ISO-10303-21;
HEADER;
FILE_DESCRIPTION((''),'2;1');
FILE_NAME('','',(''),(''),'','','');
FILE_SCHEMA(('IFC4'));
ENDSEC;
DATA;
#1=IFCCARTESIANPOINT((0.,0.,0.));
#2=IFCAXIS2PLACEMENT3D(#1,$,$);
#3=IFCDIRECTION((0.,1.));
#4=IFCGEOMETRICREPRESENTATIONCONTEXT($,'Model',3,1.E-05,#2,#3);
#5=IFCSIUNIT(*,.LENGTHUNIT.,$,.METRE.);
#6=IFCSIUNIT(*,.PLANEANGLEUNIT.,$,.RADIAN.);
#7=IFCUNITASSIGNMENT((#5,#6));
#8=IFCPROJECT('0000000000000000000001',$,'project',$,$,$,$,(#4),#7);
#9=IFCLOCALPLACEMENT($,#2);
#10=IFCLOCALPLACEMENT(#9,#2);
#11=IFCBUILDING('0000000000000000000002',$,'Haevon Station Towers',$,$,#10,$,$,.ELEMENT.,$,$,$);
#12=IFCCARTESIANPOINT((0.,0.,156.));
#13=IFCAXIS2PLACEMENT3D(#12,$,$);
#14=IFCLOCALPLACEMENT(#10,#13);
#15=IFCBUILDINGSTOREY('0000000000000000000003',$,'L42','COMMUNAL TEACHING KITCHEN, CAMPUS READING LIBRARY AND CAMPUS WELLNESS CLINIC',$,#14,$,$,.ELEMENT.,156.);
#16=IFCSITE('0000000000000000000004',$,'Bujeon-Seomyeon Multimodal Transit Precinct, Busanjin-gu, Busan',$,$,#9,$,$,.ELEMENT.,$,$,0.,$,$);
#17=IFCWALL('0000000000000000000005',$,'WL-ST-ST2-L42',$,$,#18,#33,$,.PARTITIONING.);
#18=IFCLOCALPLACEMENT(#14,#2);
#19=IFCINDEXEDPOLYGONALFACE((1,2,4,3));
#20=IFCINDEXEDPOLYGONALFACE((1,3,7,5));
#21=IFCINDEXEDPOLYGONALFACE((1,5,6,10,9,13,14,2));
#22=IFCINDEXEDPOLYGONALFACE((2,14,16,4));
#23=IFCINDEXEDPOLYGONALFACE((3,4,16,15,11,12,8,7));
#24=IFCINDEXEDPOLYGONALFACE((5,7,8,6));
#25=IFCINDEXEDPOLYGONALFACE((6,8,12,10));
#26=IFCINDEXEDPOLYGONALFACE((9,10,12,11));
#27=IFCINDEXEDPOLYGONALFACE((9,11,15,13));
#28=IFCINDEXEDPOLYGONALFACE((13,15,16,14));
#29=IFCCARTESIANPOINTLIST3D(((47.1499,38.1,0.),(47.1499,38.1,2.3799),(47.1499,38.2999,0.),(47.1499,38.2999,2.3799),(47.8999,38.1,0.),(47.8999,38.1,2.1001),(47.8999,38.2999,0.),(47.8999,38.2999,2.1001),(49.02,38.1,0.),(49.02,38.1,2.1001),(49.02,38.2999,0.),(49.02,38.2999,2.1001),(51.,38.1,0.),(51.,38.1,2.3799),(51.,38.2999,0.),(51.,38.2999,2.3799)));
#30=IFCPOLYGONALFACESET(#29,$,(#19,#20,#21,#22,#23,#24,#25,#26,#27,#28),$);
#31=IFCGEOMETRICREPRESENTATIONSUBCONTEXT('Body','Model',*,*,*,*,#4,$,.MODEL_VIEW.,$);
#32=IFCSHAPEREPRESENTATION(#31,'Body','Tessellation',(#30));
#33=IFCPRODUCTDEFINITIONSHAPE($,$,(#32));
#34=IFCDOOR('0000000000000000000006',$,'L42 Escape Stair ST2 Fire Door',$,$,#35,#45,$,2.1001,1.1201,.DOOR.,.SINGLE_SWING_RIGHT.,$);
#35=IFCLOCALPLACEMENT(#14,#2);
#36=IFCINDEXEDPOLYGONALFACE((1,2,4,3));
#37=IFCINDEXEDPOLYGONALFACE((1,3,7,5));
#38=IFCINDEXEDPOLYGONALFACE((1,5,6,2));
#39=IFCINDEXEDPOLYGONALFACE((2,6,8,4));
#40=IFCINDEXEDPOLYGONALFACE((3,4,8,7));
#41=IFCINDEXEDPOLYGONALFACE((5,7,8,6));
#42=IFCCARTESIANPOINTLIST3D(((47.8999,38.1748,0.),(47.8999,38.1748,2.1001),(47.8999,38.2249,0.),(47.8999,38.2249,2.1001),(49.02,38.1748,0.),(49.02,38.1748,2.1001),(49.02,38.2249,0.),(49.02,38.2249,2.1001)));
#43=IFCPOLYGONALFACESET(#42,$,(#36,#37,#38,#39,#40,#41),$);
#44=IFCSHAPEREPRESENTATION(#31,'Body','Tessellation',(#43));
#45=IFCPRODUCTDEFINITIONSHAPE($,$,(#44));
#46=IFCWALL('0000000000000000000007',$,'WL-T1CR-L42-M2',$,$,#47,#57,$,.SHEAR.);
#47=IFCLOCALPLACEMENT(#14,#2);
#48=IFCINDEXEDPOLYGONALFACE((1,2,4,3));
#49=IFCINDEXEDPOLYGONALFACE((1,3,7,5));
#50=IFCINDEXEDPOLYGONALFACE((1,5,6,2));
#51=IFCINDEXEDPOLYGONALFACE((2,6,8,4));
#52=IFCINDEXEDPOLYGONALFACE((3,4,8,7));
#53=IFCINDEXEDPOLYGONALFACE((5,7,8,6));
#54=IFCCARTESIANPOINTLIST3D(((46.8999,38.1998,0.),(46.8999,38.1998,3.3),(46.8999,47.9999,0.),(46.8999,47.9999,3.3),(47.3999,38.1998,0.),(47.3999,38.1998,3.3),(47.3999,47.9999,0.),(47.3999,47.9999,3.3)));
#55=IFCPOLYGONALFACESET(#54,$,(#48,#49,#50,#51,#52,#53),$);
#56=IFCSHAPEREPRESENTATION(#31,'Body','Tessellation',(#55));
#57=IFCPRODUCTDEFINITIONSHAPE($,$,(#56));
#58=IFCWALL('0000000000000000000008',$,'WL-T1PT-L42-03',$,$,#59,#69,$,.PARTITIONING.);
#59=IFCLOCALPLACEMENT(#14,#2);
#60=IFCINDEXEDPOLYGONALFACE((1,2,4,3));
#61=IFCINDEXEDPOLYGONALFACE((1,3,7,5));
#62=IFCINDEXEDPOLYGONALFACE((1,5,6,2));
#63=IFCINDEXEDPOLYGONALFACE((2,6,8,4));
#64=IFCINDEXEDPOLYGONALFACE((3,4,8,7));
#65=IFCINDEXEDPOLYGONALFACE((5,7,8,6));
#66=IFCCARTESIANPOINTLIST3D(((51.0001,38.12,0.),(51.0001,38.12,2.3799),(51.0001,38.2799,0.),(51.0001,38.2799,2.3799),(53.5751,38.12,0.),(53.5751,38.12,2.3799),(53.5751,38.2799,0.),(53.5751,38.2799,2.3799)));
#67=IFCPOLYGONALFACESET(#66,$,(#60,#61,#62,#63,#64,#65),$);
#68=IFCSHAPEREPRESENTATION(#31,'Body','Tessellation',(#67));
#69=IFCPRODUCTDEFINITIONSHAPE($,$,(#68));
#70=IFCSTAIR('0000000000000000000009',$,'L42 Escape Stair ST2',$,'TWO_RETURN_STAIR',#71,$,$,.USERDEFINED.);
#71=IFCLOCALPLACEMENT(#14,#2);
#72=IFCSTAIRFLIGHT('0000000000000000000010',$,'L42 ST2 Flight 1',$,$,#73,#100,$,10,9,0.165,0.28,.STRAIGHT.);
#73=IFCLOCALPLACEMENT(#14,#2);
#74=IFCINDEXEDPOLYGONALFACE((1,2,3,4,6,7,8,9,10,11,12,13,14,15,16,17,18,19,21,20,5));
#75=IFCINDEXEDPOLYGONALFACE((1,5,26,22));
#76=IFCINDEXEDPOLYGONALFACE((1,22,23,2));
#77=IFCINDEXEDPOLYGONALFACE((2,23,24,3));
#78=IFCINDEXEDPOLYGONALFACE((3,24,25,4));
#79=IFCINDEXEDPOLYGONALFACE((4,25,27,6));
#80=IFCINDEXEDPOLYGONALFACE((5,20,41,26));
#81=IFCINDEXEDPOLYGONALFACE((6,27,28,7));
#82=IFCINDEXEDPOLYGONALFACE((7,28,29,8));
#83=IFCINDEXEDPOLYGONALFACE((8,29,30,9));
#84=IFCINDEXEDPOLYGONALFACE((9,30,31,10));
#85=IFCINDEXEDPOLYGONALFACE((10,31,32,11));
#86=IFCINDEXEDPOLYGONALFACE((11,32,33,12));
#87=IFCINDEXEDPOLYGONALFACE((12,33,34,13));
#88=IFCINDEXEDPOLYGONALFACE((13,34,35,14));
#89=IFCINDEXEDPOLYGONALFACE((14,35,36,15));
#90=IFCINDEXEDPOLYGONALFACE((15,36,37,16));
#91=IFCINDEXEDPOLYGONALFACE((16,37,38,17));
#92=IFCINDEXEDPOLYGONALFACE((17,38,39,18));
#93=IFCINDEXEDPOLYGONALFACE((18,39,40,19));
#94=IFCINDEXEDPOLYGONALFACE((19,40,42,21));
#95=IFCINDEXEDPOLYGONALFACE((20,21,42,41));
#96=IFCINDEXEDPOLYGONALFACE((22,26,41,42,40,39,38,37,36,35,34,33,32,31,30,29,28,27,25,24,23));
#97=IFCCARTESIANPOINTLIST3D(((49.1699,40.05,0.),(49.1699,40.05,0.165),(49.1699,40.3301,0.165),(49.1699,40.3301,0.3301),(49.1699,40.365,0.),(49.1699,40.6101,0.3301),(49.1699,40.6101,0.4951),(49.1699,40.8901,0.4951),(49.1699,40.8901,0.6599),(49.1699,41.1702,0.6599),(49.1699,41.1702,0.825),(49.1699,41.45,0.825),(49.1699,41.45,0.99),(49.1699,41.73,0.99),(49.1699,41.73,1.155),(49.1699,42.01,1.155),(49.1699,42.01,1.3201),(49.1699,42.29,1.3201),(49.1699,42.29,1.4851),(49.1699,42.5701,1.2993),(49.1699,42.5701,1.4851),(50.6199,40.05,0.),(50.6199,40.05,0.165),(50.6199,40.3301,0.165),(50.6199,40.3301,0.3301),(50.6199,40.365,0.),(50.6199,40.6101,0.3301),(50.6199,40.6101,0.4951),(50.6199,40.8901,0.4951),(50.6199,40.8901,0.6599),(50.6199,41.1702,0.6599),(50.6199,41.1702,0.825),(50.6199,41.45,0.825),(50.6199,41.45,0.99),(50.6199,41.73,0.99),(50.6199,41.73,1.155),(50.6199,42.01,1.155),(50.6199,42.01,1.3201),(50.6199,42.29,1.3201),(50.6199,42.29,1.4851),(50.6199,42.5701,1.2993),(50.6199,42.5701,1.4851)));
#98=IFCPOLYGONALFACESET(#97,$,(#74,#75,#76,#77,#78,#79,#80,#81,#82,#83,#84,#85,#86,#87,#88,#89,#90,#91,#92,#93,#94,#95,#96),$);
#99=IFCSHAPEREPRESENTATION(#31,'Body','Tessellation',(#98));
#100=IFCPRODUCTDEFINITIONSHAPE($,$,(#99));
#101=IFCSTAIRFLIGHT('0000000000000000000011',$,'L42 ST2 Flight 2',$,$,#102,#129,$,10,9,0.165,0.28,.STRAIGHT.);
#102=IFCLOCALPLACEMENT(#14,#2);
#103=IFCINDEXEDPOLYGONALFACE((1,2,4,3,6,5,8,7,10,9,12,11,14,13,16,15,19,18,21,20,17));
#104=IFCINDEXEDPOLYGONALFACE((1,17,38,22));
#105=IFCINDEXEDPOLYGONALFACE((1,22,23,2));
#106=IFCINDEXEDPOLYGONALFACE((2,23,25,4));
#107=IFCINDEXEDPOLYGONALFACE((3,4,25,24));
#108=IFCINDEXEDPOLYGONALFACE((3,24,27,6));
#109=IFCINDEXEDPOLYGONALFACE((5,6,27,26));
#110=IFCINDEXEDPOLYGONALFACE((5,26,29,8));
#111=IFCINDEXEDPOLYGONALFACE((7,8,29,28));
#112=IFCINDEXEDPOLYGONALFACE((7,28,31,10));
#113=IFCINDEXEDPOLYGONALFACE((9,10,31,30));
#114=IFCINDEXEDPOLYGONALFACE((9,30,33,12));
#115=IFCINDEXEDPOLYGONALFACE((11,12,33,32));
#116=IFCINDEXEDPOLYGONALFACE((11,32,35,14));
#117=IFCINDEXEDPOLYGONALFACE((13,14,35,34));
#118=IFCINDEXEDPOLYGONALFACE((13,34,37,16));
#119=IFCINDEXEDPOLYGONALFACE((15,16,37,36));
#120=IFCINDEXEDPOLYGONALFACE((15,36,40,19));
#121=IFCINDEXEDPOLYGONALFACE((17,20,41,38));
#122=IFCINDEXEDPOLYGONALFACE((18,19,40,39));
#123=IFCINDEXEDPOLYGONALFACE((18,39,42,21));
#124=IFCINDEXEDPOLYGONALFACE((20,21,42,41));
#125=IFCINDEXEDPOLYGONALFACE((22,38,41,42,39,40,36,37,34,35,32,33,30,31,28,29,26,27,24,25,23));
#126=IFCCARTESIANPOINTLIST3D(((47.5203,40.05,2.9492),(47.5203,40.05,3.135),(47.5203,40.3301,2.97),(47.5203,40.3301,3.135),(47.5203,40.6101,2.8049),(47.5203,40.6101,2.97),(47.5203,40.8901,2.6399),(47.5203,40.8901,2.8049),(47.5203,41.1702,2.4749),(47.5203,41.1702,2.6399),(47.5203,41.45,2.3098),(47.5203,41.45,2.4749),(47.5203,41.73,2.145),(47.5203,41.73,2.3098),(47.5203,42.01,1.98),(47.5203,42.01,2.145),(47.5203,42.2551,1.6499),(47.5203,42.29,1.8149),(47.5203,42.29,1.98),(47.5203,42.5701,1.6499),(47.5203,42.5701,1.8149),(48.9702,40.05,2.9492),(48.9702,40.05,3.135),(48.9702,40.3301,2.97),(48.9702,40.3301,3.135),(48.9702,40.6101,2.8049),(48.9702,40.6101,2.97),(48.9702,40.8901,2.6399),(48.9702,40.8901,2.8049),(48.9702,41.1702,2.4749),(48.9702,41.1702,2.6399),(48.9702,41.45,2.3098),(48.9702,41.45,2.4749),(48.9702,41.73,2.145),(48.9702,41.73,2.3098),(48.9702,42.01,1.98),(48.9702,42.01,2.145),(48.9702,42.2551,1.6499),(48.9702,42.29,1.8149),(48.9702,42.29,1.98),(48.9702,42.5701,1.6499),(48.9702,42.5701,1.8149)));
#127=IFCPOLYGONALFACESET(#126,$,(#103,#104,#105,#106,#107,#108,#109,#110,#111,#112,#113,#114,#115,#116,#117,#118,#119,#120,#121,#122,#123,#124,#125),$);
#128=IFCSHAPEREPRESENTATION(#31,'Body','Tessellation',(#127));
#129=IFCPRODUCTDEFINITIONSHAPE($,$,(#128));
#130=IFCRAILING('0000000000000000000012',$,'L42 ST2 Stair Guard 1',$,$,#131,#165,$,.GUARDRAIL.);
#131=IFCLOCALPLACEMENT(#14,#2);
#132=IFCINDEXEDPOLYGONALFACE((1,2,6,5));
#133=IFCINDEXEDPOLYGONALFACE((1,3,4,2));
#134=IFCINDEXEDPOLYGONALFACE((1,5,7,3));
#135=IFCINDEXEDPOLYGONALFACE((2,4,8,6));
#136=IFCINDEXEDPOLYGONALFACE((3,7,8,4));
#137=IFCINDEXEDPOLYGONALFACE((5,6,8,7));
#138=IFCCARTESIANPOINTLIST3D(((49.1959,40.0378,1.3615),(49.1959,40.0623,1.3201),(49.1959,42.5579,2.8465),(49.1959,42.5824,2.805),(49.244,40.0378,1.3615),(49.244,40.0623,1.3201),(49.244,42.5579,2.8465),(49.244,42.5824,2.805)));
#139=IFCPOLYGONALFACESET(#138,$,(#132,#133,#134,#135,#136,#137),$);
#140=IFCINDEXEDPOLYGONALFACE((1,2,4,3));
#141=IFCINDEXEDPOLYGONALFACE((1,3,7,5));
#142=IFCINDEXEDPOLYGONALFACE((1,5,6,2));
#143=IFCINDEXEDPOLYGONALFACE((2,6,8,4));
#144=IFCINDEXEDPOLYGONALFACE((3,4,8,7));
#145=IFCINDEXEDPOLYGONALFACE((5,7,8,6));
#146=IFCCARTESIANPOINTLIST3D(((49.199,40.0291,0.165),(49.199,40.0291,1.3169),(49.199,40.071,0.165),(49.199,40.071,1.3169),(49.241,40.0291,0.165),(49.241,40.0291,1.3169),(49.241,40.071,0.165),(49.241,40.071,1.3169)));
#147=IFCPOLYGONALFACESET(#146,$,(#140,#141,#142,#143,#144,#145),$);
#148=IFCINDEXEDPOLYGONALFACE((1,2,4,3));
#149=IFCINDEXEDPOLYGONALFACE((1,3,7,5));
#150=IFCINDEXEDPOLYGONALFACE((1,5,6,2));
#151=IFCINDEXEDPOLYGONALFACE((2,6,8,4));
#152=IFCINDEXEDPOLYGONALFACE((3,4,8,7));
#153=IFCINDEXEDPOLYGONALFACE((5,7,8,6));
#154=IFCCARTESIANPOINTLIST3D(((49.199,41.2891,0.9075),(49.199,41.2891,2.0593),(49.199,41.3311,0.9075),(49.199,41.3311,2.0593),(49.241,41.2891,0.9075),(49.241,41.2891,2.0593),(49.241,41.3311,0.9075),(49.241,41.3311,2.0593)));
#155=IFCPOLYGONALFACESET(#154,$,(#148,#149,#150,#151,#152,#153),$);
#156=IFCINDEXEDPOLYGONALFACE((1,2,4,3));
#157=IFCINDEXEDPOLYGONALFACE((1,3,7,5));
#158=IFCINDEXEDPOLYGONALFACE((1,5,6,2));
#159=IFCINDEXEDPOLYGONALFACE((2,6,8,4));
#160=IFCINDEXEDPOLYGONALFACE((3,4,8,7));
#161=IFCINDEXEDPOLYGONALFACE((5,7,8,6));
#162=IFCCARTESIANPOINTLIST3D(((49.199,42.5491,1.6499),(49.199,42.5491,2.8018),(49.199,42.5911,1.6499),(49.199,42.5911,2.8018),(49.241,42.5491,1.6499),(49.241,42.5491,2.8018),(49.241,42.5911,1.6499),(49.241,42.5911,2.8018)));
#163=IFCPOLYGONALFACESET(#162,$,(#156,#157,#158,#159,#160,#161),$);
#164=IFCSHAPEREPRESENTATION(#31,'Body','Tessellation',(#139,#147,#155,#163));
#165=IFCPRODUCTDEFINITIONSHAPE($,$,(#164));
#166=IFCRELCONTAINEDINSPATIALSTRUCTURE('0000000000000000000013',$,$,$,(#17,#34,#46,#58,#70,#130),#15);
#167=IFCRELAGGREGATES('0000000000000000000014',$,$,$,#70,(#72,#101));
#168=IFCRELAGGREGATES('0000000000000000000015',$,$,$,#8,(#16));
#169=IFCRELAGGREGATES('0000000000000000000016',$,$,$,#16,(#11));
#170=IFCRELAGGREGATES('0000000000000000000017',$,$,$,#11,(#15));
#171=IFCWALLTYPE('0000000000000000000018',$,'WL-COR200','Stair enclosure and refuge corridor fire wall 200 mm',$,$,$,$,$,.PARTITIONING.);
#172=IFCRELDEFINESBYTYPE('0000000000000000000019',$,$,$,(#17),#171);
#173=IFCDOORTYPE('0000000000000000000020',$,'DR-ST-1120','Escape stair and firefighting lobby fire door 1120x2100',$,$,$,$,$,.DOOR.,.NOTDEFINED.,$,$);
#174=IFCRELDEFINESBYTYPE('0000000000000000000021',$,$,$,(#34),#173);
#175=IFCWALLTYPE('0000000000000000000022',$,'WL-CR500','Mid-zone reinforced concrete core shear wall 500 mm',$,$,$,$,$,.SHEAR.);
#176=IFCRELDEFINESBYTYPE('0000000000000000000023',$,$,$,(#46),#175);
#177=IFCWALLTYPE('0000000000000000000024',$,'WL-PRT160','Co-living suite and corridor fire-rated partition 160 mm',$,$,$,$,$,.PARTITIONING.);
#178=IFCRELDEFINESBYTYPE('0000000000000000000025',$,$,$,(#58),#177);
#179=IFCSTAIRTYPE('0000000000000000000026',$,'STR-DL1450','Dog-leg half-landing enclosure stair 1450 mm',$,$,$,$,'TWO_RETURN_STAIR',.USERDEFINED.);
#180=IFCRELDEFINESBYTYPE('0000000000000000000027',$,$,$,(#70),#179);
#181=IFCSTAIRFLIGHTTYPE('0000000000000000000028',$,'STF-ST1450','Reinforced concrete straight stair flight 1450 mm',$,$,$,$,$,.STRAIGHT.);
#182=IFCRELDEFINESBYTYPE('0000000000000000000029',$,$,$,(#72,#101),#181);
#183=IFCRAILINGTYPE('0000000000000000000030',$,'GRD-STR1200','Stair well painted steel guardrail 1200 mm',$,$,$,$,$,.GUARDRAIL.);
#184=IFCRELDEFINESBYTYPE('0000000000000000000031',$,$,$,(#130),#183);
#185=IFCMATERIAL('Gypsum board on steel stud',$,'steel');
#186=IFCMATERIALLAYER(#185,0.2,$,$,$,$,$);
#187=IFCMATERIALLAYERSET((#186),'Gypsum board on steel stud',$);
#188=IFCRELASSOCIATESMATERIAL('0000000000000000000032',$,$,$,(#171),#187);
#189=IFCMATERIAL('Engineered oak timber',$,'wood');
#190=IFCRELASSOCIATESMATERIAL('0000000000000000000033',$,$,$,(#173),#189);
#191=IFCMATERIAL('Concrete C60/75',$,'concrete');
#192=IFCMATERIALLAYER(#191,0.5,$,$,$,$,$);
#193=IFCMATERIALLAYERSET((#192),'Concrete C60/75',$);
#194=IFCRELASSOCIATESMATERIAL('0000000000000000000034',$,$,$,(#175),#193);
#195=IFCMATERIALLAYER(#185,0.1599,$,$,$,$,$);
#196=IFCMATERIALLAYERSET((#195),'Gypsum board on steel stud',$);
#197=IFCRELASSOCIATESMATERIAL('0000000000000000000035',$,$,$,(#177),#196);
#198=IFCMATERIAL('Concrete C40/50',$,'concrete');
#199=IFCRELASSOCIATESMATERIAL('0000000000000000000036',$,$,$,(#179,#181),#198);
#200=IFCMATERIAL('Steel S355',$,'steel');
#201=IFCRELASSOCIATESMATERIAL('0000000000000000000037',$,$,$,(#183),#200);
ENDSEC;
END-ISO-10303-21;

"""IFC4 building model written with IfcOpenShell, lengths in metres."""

from ifc_helpers import new_model, si_unit, direction, frame, frame_2d, origin, origin_2d, place, context, subcontext, project, spatial, polyline, rectangle, outline, extrude, material, layer, layer_set, type_object, element, fill, aggregate, save


model = new_model("IFC4")

# Units and contexts
model_context = context("Model", 3, precision=1e-05, world=origin(), true_north=direction((0.0, 1.0)))
body_context = subcontext(model_context, "Body", "Model", "MODEL_VIEW")
ifc_project = project(units=[si_unit("LENGTHUNIT", "METRE"), si_unit("PLANEANGLEUNIT", "RADIAN")], contexts=[model_context])

# Site, building, storey
site_placement = place(None, origin())
site = spatial("IfcSite", under=ifc_project, at=site_placement, Name="Bujeon-Seomyeon Multimodal Transit Precinct, Busanjin-gu, Busan", CompositionType="ELEMENT", RefElevation=0.0)
building_placement = place(site_placement, origin())
building = spatial("IfcBuilding", under=site, at=building_placement, Name="Haevon Station Towers", CompositionType="ELEMENT")
storey_placement = place(building_placement, frame((0.0, 0.0, 156.0)))
storey = spatial("IfcBuildingStorey", under=building, at=storey_placement, Name="L42", Description="COMMUNAL TEACHING KITCHEN, CAMPUS READING LIBRARY AND CAMPUS WELLNESS CLINIC", CompositionType="ELEMENT", Elevation=156.0)

# Shared definitions
ifc_material_1 = material(Name="Steel S355", Category="steel")

# Wall, opening, door
ifc_material_2 = material(Name="Gypsum board on steel stud", Category="steel")
ifc_layer_1 = layer(ifc_material_2, 0.2)
ifc_layer_set_1 = layer_set([ifc_layer_1], Name="Gypsum board on steel stud")
wall_type_1 = type_object("IfcWallType", Name="WL-COR200", Description="Stair enclosure and refuge corridor fire wall 200 mm", PredefinedType="PARTITIONING", material=ifc_layer_set_1)
wall_1_placement = place(storey_placement, frame((47.1499, 38.2, 0.0), z_axis=(0.0, 0.0, 1.0), x_axis=(1.0, 0.0, 0.0)))
wall_1 = element("IfcWall", 1, at=wall_1_placement, inside=storey, type_object=wall_type_1, Name="WL-ST-ST2-L42", PredefinedType="PARTITIONING", context=body_context, shape_type="SweptSolid", body=[
    extrude(rectangle(XDim=3.8501, YDim=0.2, at=frame_2d((1.925, 0.0))), origin(), (0.0, 0.0, 1.0), 2.3799),
])
opening_placement = place(wall_1_placement, frame((0.75, 0.0, 0.0)))
opening = element("IfcOpeningElement", 2, at=opening_placement, cuts=wall_1, PredefinedType="OPENING", context=body_context, shape_type="SweptSolid", body=[
    extrude(rectangle(XDim=1.1201, YDim=2.1001, at=frame_2d((0.5601, 1.05))), frame((0.0, 0.1099, 0.0), z_axis=(0.0, -1.0, 0.0), x_axis=(1.0, 0.0, 0.0)), (0.0, 0.0, 1.0), 0.22),
])
ifc_material_3 = material(Name="Engineered oak timber", Category="wood")
door_type = type_object("IfcDoorType", Name="DR-ST-1120", Description="Escape stair and firefighting lobby fire door 1120x2100", OperationType="NOTDEFINED", PredefinedType="DOOR", material=ifc_material_3)
door_placement = place(opening_placement, origin())
door = element("IfcDoor", 3, at=door_placement, inside=storey, type_object=door_type, Name="L42 Escape Stair ST2 Fire Door", OperationType="SINGLE_SWING_RIGHT", OverallHeight=2.1001, OverallWidth=1.1201, PredefinedType="DOOR", context=body_context, shape_type="SweptSolid", body=[
    extrude(rectangle(XDim=1.1201, YDim=2.1001, at=frame_2d((0.5601, 1.05))), frame((0.0, 0.0249, 0.0), z_axis=(0.0, -1.0, 0.0), x_axis=(1.0, 0.0, 0.0)), (0.0, 0.0, 1.0), 0.05),
])
fill(opening, door)

# Walls
ifc_material_4 = material(Name="Concrete C60/75", Category="concrete")
ifc_layer_2 = layer(ifc_material_4, 0.5)
ifc_layer_set_2 = layer_set([ifc_layer_2], Name="Concrete C60/75")
wall_type_2 = type_object("IfcWallType", Name="WL-CR500", Description="Mid-zone reinforced concrete core shear wall 500 mm", PredefinedType="SHEAR", material=ifc_layer_set_2)
wall_2_placement = place(storey_placement, frame((47.1499, 38.2, 0.0), z_axis=(0.0, 0.0, 1.0), x_axis=(0.0, 1.0, 0.0)))
element("IfcWall", 4, at=wall_2_placement, inside=storey, type_object=wall_type_2, Name="WL-T1CR-L42-M2", PredefinedType="SHEAR", context=body_context, shape_type="SweptSolid", body=[
    extrude(rectangle(XDim=9.8, YDim=0.5, at=frame_2d((4.8999, 0.0))), origin(), (0.0, 0.0, 1.0), 3.3),
])
ifc_layer_3 = layer(ifc_material_2, 0.1599)
ifc_layer_set_3 = layer_set([ifc_layer_3], Name="Gypsum board on steel stud")
wall_type_3 = type_object("IfcWallType", Name="WL-PRT160", Description="Co-living suite and corridor fire-rated partition 160 mm", PredefinedType="PARTITIONING", material=ifc_layer_set_3)
wall_3_placement = place(storey_placement, frame((51.0, 38.2, 0.0), z_axis=(0.0, 0.0, 1.0), x_axis=(1.0, 0.0, 0.0)))
element("IfcWall", 5, at=wall_3_placement, inside=storey, type_object=wall_type_3, Name="WL-T1PT-L42-03", PredefinedType="PARTITIONING", context=body_context, shape_type="SweptSolid", body=[
    extrude(rectangle(XDim=2.575, YDim=0.1599, at=frame_2d((1.2876, 0.0))), origin(), (0.0, 0.0, 1.0), 2.3799),
])

# Stair, stair flights
ifc_material_5 = material(Name="Concrete C40/50", Category="concrete")
stair_type = type_object("IfcStairType", Name="STR-DL1450", Description="Dog-leg half-landing enclosure stair 1450 mm", ElementType="TWO_RETURN_STAIR", PredefinedType="USERDEFINED", material=ifc_material_5)
stair_placement = place(storey_placement, origin())
stair = element("IfcStair", 6, at=stair_placement, inside=storey, type_object=stair_type, Name="L42 Escape Stair ST2", ObjectType="TWO_RETURN_STAIR", PredefinedType="USERDEFINED")
stair_flight_type = type_object("IfcStairFlightType", Name="STF-ST1450", Description="Reinforced concrete straight stair flight 1450 mm", PredefinedType="STRAIGHT", material=ifc_material_5)
stair_flight_1_placement = place(storey_placement, frame((49.895, 40.05, 0.0), z_axis=(0.0, 0.0, 1.0), x_axis=(0.0, 1.0, 0.0)))
stair_flight_1 = element("IfcStairFlight", 7, at=stair_flight_1_placement, type_object=stair_flight_type, Name="L42 ST2 Flight 1", NumberOfRisers=10, NumberOfTreads=9, PredefinedType="STRAIGHT", RiserHeight=0.165, TreadLength=0.28, context=body_context, shape_type="SweptSolid", body=[
    extrude(outline(polyline([(0.0, 0.0), (0.0, 0.165), (0.28, 0.165), (0.28, 0.3301), (0.5601, 0.3301), (0.5601, 0.4951), (0.8401, 0.4951), (0.8401, 0.6599), (1.1201, 0.6599), (1.1201, 0.825), (1.3999, 0.825), (1.3999, 0.99), (1.6799, 0.99), (1.6799, 1.155), (1.96, 1.155), (1.96, 1.3201), (2.24, 1.3201), (2.24, 1.4851), (2.52, 1.4851), (2.52, 1.6499), (2.52, 1.2993), (0.3149, 0.0), (0.0, 0.0)])), frame((0.0, 0.7251, 0.0), z_axis=(0.0, -1.0, 0.0), x_axis=(1.0, 0.0, 0.0)), (0.0, 0.0, 1.0), 1.45),
])
stair_flight_2_placement = place(storey_placement, frame((48.2451, 42.5701, 1.6499), z_axis=(0.0, 0.0, 1.0), x_axis=(0.0, -1.0, 0.0)))
stair_flight_2 = element("IfcStairFlight", 8, at=stair_flight_2_placement, type_object=stair_flight_type, Name="L42 ST2 Flight 2", NumberOfRisers=10, NumberOfTreads=9, PredefinedType="STRAIGHT", RiserHeight=0.165, TreadLength=0.28, context=body_context, shape_type="SweptSolid", body=[
    extrude(outline(polyline([(0.0, 0.0), (0.0, 0.165), (0.28, 0.165), (0.28, 0.3301), (0.5601, 0.3301), (0.5601, 0.4951), (0.8401, 0.4951), (0.8401, 0.6599), (1.1201, 0.6599), (1.1201, 0.825), (1.3999, 0.825), (1.3999, 0.99), (1.6799, 0.99), (1.6799, 1.155), (1.96, 1.155), (1.96, 1.3201), (2.24, 1.3201), (2.24, 1.4851), (2.52, 1.4851), (2.52, 1.6499), (2.52, 1.2993), (0.3149, 0.0), (0.0, 0.0)])), frame((0.0, 0.7251, 0.0), z_axis=(0.0, -1.0, 0.0), x_axis=(1.0, 0.0, 0.0)), (0.0, 0.0, 1.0), 1.45),
])
aggregate(stair, [stair_flight_1, stair_flight_2])

# Railing
railing_type_1 = type_object("IfcRailingType", Name="GRD-STR1200", Description="Stair well painted steel guardrail 1200 mm", PredefinedType="GUARDRAIL", material=ifc_material_1)
railing_1_placement = place(storey_placement, frame((49.22, 40.05, 0.165)))
element("IfcRailing", 9, at=railing_1_placement, inside=storey, type_object=railing_type_1, Name="L42 ST2 Stair Guard 1", PredefinedType="GUARDRAIL", context=body_context, shape_type="SweptSolid", body=[
    extrude(rectangle(XDim=0.0481, YDim=0.0481, at=origin_2d()), frame((0.0, 0.0, 1.1758), z_axis=(0.0, 0.861561, 0.507655), x_axis=(-1.0, 0.0, 0.0)), (0.0, 0.0, 1.0), 2.925),
    extrude(rectangle(XDim=0.042, YDim=0.042, at=origin_2d()), origin(), (0.0, 0.0, 1.0), 1.1519),
    extrude(rectangle(XDim=0.042, YDim=0.042, at=origin_2d()), frame((0.0, 1.26, 0.7424)), (0.0, 0.0, 1.0), 1.1519),
    extrude(rectangle(XDim=0.042, YDim=0.042, at=origin_2d()), frame((0.0, 2.52, 1.4849)), (0.0, 0.0, 1.0), 1.1519),
])

save(model, "model.ifc")
